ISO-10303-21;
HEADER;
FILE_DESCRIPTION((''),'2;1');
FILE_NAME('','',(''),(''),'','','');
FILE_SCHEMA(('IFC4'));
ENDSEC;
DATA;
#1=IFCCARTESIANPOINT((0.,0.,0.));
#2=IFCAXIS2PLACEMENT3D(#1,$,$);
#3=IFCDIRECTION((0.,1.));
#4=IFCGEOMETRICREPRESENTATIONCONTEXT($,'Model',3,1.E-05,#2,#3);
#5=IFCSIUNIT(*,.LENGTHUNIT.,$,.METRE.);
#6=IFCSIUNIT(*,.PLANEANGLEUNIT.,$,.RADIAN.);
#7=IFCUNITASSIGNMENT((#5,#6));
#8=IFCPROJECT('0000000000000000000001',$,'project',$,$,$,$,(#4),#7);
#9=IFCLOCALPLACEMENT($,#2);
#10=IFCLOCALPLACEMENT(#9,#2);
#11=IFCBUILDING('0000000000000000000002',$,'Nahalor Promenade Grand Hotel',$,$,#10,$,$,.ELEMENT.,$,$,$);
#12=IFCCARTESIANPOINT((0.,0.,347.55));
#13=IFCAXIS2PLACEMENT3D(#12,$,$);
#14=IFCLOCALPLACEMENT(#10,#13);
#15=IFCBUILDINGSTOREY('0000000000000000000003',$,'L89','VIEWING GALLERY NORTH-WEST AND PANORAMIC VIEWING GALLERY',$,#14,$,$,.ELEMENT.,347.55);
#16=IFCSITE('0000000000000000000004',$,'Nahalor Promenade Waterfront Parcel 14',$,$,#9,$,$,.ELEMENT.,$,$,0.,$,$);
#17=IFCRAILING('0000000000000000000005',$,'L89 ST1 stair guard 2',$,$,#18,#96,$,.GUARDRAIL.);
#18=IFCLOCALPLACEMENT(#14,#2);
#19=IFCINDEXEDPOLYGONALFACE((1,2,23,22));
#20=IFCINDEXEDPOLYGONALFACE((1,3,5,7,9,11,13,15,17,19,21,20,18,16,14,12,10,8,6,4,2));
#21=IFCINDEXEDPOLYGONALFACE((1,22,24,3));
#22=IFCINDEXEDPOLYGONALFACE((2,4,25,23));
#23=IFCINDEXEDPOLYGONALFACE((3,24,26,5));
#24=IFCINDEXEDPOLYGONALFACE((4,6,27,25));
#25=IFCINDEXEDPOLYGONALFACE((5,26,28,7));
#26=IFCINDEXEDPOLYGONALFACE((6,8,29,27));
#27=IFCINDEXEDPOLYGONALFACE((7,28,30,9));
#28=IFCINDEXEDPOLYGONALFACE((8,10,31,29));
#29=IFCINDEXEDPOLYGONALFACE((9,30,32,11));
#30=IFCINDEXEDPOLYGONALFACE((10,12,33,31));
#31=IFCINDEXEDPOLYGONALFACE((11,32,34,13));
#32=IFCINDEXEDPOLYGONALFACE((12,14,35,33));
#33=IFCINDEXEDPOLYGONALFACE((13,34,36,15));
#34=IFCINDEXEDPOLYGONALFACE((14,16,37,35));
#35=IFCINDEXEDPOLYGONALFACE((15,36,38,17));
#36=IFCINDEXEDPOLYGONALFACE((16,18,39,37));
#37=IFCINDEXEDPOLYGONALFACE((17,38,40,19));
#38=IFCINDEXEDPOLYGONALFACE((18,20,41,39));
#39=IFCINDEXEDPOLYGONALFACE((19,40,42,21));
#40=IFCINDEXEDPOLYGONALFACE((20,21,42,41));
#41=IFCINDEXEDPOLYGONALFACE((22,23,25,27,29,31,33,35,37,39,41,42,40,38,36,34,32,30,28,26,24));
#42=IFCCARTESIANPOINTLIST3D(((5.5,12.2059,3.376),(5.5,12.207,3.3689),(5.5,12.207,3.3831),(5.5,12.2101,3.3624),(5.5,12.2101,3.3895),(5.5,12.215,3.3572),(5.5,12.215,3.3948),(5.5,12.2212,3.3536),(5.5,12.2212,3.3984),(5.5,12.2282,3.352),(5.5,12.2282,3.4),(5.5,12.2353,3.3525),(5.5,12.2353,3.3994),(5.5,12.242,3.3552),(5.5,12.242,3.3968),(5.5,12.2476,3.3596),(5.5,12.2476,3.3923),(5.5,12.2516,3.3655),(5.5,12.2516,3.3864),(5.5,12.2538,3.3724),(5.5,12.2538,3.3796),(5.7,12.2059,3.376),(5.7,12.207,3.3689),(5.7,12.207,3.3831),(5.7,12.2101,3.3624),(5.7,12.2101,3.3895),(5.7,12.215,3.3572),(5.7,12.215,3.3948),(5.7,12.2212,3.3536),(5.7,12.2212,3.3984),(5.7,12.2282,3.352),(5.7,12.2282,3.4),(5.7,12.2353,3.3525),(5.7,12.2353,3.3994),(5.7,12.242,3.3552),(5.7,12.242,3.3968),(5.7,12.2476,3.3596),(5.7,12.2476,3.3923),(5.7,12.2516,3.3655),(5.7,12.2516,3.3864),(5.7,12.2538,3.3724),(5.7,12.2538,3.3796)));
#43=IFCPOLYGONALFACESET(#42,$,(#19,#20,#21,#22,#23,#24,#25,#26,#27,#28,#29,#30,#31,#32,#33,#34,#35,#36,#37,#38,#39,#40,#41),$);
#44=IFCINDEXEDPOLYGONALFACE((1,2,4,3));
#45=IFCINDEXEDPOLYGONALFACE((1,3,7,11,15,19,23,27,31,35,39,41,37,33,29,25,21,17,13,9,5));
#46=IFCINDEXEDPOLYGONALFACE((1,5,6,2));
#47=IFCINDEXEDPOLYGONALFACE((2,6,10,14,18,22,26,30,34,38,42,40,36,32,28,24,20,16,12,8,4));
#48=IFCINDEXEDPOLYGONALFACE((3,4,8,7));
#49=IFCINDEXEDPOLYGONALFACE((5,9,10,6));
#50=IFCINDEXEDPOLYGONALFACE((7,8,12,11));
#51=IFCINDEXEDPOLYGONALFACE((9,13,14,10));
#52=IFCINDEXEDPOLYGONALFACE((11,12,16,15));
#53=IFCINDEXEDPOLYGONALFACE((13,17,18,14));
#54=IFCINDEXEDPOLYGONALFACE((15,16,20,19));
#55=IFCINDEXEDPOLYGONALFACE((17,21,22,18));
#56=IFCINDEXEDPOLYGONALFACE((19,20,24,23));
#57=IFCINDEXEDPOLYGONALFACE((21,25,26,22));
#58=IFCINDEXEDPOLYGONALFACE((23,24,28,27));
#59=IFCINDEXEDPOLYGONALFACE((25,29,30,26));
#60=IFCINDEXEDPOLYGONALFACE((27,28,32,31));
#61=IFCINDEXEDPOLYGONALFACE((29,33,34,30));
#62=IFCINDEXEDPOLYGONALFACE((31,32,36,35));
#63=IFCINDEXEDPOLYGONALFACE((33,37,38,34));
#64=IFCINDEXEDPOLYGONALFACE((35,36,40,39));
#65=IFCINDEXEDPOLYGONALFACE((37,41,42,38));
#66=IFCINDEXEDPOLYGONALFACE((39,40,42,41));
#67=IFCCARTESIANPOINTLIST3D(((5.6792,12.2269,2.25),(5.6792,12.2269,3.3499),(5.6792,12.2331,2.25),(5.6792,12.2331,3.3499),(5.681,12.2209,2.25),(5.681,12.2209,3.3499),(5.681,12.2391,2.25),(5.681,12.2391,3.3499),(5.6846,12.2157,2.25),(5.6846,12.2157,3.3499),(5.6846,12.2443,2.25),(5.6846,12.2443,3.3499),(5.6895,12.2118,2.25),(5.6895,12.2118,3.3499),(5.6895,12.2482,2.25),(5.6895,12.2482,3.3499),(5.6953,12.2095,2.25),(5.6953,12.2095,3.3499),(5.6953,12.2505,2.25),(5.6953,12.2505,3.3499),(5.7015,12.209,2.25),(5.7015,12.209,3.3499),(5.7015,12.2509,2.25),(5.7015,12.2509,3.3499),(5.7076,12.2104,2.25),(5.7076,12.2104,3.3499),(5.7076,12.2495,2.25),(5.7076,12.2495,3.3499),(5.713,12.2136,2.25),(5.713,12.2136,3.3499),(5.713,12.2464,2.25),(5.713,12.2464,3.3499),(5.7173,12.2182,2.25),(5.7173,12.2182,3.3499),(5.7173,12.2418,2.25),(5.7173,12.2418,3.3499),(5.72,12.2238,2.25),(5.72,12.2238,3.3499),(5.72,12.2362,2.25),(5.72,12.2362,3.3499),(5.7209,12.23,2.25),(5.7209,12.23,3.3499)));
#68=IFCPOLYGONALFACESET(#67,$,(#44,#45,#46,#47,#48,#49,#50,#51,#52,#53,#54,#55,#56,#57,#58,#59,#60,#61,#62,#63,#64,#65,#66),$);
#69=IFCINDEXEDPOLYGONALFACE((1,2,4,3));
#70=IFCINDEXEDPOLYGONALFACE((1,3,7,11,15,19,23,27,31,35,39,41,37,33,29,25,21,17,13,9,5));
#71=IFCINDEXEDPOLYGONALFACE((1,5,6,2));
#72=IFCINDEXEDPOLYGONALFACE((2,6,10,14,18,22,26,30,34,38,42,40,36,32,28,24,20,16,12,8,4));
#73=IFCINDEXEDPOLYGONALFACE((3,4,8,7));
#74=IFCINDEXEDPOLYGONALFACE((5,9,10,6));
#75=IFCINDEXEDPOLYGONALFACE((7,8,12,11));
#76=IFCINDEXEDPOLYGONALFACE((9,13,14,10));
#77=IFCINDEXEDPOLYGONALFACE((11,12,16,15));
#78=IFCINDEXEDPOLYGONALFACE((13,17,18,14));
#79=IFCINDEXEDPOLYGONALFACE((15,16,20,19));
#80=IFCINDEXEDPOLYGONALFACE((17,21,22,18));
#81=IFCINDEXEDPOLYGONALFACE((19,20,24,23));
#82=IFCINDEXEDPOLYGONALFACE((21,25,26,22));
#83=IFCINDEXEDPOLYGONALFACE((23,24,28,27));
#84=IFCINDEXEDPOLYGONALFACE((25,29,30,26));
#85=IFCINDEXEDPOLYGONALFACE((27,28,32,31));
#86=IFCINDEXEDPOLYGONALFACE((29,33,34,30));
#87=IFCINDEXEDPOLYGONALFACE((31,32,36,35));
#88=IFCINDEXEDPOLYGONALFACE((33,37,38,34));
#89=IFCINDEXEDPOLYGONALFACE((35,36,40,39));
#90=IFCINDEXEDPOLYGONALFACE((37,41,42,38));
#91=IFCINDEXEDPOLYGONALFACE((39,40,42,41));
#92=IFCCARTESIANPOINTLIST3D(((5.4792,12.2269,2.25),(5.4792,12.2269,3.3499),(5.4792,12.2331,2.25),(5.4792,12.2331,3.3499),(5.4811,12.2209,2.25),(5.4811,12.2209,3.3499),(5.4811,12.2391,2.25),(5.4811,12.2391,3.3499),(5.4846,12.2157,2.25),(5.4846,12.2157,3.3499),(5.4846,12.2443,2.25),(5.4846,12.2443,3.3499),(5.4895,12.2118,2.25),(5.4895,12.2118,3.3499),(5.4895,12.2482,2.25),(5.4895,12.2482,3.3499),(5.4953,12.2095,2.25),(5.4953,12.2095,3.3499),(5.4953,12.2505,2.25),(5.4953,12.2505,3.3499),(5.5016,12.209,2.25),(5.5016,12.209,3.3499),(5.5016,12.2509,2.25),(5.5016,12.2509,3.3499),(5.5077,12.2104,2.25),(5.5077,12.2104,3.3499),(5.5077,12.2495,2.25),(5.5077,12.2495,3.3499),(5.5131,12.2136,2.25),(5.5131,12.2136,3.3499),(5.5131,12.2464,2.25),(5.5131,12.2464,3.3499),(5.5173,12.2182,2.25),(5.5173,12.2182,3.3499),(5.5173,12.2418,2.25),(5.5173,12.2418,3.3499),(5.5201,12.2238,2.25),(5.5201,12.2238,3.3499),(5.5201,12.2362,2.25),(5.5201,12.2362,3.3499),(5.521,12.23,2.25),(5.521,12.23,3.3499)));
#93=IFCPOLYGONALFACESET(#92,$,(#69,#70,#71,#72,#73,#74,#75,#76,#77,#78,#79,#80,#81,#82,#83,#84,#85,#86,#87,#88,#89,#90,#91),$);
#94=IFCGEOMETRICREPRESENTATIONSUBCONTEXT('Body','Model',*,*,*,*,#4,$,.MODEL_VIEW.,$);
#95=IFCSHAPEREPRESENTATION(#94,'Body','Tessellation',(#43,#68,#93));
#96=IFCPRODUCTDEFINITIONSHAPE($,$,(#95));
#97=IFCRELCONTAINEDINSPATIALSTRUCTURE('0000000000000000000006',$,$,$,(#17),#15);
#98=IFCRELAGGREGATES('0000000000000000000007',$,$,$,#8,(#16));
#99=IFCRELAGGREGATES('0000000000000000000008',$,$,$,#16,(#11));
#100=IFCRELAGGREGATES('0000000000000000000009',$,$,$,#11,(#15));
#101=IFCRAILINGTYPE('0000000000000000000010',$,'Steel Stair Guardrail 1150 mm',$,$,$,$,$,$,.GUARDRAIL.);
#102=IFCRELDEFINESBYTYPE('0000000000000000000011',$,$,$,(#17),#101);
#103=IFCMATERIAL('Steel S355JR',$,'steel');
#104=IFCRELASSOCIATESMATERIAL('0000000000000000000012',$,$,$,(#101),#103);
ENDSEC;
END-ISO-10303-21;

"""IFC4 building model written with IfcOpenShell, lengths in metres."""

from ifc_helpers import new_model, si_unit, direction, frame, origin, origin_2d, place, context, subcontext, project, spatial, circle, extrude, material, type_object, element, save


model = new_model("IFC4")

# Units and contexts
model_context = context("Model", 3, precision=1e-05, world=origin(), true_north=direction((0.0, 1.0)))
body_context = subcontext(model_context, "Body", "Model", "MODEL_VIEW")
ifc_project = project(units=[si_unit("LENGTHUNIT", "METRE"), si_unit("PLANEANGLEUNIT", "RADIAN")], contexts=[model_context])

# Site, building, storey
site_placement = place(None, origin())
site = spatial("IfcSite", under=ifc_project, at=site_placement, Name="Nahalor Promenade Waterfront Parcel 14", CompositionType="ELEMENT", RefElevation=0.0)
building_placement = place(site_placement, origin())
building = spatial("IfcBuilding", under=site, at=building_placement, Name="Nahalor Promenade Grand Hotel", CompositionType="ELEMENT")
storey_placement = place(building_placement, frame((0.0, 0.0, 347.55)))
storey = spatial("IfcBuildingStorey", under=building, at=storey_placement, Name="L89", Description="VIEWING GALLERY NORTH-WEST AND PANORAMIC VIEWING GALLERY", CompositionType="ELEMENT", Elevation=347.55)

# Shared definitions
ifc_material_1 = material(Name="Steel S355JR", Category="steel")

# Railing
railing_type_1 = type_object("IfcRailingType", Name="Steel Stair Guardrail 1150 mm", PredefinedType="GUARDRAIL", material=ifc_material_1)
railing_1_placement = place(storey_placement, frame((5.7, 12.23, 2.25)))
element("IfcRailing", 1, at=railing_1_placement, inside=storey, type_object=railing_type_1, Name="L89 ST1 stair guard 2", PredefinedType="GUARDRAIL", context=body_context, shape_type="SweptSolid", body=[
    extrude(circle(Radius=0.024, at=origin_2d()), frame((0.0, 0.0, 1.126), z_axis=(-1.0, 0.0, 0.0), x_axis=(0.0, -1.0, 0.0)), (0.0, 0.0, 1.0), 0.2),
    extrude(circle(Radius=0.021, at=origin_2d()), origin(), (0.0, 0.0, 1.0), 1.0999),
    extrude(circle(Radius=0.021, at=origin_2d()), frame((-0.2, 0.0, 0.0)), (0.0, 0.0, 1.0), 1.0999),
])

save(model, "model.ifc")
